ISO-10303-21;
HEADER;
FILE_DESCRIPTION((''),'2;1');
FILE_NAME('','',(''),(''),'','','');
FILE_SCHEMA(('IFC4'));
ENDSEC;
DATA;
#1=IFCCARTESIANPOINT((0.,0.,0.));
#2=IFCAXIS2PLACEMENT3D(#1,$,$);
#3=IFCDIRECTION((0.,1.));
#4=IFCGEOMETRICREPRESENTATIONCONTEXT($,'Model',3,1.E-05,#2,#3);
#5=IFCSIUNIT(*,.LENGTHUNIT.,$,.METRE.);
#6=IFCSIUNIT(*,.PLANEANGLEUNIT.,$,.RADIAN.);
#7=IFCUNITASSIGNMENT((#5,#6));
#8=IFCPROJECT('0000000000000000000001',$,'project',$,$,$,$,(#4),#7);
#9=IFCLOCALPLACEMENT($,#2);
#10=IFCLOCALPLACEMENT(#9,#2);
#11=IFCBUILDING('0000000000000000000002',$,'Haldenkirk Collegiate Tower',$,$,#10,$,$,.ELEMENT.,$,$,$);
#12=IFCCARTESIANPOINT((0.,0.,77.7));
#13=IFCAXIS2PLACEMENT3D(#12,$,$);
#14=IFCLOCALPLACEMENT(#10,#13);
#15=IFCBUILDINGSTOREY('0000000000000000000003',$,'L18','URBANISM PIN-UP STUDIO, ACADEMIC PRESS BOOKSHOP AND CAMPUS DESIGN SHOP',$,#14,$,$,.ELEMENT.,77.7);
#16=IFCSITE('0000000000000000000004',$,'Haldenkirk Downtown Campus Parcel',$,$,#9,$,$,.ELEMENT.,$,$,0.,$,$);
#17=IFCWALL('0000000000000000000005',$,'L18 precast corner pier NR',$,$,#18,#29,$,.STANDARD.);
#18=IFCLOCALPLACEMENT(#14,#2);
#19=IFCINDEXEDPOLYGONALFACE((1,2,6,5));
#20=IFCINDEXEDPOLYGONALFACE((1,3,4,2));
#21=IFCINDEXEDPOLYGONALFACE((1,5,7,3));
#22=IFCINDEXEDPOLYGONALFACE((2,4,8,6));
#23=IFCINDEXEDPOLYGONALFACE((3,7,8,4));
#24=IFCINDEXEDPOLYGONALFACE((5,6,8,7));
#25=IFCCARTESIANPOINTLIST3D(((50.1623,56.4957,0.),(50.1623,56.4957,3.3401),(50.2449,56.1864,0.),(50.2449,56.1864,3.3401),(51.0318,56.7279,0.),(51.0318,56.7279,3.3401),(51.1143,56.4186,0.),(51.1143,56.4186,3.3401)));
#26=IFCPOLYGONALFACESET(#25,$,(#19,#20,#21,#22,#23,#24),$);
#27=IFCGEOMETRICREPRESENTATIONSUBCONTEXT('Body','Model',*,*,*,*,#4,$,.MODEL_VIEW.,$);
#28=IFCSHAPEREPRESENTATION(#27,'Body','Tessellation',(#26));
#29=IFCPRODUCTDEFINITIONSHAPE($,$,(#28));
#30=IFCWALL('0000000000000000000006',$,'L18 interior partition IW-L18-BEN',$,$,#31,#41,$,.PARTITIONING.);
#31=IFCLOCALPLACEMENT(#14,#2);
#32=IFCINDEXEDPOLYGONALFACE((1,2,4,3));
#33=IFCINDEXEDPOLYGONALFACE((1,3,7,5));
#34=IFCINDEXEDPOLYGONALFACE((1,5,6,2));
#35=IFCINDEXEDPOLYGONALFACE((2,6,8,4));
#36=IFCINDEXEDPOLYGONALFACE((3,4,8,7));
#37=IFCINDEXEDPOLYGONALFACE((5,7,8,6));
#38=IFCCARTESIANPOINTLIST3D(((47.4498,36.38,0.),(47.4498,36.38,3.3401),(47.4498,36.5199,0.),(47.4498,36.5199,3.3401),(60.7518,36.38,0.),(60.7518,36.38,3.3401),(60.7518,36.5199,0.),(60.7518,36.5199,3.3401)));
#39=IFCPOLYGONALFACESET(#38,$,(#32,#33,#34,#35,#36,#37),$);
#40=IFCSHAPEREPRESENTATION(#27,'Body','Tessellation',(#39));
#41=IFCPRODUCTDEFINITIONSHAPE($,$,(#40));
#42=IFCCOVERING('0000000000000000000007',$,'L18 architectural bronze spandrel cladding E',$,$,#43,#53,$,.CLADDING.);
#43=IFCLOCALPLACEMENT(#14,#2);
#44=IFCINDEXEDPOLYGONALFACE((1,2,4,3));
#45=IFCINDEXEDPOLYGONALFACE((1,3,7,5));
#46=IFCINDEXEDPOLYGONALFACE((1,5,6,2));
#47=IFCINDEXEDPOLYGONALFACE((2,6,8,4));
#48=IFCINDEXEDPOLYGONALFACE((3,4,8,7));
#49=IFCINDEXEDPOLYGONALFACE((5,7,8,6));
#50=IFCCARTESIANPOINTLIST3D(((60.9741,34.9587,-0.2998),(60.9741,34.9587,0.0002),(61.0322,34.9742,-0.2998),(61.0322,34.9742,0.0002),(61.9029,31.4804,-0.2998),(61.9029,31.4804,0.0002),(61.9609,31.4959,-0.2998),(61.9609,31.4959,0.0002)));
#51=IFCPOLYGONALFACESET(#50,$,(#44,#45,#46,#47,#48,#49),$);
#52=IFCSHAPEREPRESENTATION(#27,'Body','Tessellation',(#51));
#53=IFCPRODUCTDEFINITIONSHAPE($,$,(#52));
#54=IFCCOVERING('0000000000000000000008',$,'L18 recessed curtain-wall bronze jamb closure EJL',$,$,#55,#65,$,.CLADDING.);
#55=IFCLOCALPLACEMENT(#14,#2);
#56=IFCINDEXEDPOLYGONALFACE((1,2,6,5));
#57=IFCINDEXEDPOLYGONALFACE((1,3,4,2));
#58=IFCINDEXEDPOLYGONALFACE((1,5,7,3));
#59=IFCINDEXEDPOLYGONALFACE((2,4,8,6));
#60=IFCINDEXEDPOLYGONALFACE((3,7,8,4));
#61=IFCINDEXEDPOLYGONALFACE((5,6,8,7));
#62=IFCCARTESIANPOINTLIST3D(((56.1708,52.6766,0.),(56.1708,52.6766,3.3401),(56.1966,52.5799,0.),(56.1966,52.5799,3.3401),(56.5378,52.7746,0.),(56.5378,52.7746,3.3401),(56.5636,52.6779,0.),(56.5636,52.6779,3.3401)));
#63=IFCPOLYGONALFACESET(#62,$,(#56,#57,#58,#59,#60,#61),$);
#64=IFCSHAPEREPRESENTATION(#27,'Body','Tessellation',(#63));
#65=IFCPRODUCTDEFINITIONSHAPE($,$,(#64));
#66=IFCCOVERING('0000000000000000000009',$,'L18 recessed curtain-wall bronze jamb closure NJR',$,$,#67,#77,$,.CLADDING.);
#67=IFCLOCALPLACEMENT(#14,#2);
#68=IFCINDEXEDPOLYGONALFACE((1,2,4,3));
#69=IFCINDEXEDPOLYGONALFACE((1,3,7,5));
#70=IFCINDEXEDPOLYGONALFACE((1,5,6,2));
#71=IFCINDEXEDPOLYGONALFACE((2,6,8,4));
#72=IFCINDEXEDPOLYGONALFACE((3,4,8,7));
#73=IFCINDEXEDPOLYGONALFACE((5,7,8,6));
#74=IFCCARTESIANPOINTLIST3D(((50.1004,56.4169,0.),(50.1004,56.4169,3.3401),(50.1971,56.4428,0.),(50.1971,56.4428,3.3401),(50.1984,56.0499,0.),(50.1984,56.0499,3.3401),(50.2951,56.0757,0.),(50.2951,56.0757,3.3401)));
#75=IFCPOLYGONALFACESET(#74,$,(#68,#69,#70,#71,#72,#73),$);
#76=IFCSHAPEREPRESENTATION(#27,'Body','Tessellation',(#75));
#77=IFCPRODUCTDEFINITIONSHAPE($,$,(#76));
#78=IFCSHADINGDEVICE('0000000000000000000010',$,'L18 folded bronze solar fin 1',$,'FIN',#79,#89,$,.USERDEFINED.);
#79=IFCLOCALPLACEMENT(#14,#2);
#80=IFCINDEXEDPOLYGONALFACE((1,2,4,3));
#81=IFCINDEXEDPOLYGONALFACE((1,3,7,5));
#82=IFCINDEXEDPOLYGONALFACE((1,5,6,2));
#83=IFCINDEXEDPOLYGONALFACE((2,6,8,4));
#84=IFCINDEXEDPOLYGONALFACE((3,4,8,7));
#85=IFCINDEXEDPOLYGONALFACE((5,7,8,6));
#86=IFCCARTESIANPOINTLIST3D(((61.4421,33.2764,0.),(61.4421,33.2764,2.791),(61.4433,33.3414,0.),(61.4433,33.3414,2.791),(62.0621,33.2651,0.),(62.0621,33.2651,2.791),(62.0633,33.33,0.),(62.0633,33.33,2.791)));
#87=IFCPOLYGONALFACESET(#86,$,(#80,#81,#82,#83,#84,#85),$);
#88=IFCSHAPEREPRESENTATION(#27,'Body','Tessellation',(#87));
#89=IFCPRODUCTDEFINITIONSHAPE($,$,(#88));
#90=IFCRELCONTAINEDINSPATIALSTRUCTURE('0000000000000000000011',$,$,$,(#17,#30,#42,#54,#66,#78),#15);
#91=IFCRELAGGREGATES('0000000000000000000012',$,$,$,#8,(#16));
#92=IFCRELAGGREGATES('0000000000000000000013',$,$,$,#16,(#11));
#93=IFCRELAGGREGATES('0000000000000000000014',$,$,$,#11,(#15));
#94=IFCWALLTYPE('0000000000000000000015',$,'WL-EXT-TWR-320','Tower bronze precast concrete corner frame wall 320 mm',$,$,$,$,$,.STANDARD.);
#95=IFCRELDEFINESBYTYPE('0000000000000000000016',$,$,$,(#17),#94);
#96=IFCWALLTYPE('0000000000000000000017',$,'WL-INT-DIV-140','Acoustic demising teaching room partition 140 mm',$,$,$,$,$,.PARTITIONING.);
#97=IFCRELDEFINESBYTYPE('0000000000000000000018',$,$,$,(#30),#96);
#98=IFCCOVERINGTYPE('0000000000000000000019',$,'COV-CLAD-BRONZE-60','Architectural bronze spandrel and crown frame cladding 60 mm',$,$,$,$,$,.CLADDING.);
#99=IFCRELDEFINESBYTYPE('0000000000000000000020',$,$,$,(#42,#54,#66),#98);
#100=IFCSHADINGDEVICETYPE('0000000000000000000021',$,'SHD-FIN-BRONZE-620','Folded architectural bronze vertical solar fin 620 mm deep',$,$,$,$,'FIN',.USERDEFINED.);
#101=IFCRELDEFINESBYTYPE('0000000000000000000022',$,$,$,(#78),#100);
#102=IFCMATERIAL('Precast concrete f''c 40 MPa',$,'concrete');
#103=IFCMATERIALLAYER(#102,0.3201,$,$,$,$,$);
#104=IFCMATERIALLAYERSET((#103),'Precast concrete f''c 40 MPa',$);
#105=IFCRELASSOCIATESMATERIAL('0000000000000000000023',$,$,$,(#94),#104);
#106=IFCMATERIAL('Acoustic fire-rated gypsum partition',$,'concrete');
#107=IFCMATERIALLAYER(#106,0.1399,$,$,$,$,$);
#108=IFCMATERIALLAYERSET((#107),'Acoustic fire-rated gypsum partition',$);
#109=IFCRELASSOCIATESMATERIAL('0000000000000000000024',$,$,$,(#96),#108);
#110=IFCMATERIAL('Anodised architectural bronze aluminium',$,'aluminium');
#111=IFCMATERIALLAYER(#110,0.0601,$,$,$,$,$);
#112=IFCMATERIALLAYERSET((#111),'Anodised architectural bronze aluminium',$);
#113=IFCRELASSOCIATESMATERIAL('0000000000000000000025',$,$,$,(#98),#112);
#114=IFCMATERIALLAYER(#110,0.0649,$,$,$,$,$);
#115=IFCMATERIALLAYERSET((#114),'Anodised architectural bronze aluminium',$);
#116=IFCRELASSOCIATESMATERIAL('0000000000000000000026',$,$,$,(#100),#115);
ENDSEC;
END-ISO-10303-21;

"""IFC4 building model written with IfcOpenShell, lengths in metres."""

from ifc_helpers import new_model, si_unit, direction, frame, frame_2d, origin, origin_2d, place, context, subcontext, project, spatial, rectangle, extrude, source, transform, mapped, material, layer, layer_set, type_object, element, save


model = new_model("IFC4")

# Units and contexts
model_context = context("Model", 3, precision=1e-05, world=origin(), true_north=direction((0.0, 1.0)))
body_context = subcontext(model_context, "Body", "Model", "MODEL_VIEW")
ifc_project = project(units=[si_unit("LENGTHUNIT", "METRE"), si_unit("PLANEANGLEUNIT", "RADIAN")], contexts=[model_context])

# Site, building, storey
site_placement = place(None, origin())
site = spatial("IfcSite", under=ifc_project, at=site_placement, Name="Haldenkirk Downtown Campus Parcel", CompositionType="ELEMENT", RefElevation=0.0)
building_placement = place(site_placement, origin())
building = spatial("IfcBuilding", under=site, at=building_placement, Name="Haldenkirk Collegiate Tower", CompositionType="ELEMENT")
storey_placement = place(building_placement, frame((0.0, 0.0, 77.7)))
storey = spatial("IfcBuildingStorey", under=building, at=storey_placement, Name="L18", Description="URBANISM PIN-UP STUDIO, ACADEMIC PRESS BOOKSHOP AND CAMPUS DESIGN SHOP", CompositionType="ELEMENT", Elevation=77.7)

# Shared definitions
ifc_material_1 = material(Name="Anodised architectural bronze aluminium", Category="aluminium")

# Shared definitions
ifc_material_2 = material(Name="Precast concrete f'c 40 MPa", Category="concrete")
ifc_layer_1 = layer(ifc_material_2, 0.3201)
ifc_layer_set_1 = layer_set([ifc_layer_1], Name="Precast concrete f'c 40 MPa")
wall_type_1 = type_object("IfcWallType", Name="WL-EXT-TWR-320", Description="Tower bronze precast concrete corner frame wall 320 mm", PredefinedType="STANDARD", material=ifc_layer_set_1)

# Walls
wall_1_placement = place(storey_placement, frame((50.2036, 56.3411, 0.0), z_axis=(0.0, 0.0, 1.0), x_axis=(0.96614, 0.258017, 0.0)))
element("IfcWall", 1, at=wall_1_placement, inside=storey, type_object=wall_type_1, Name="L18 precast corner pier NR", PredefinedType="STANDARD", context=body_context, shape_type="SweptSolid", body=[
    extrude(rectangle(XDim=0.8999, YDim=0.3201, at=frame_2d((0.45, 0.0))), origin(), (0.0, 0.0, 1.0), 3.3401),
])
ifc_material_3 = material(Name="Acoustic fire-rated gypsum partition", Category="concrete")
ifc_layer_2 = layer(ifc_material_3, 0.1399)
ifc_layer_set_2 = layer_set([ifc_layer_2], Name="Acoustic fire-rated gypsum partition")
wall_type_2 = type_object("IfcWallType", Name="WL-INT-DIV-140", Description="Acoustic demising teaching room partition 140 mm", PredefinedType="PARTITIONING", material=ifc_layer_set_2)
wall_2_placement = place(storey_placement, frame((47.45, 36.45, 0.0), z_axis=(0.0, 0.0, 1.0), x_axis=(1.0, 0.0, 0.0)))
element("IfcWall", 2, at=wall_2_placement, inside=storey, type_object=wall_type_2, Name="L18 interior partition IW-L18-BEN", PredefinedType="PARTITIONING", context=body_context, shape_type="SweptSolid", body=[
    extrude(rectangle(XDim=13.302, YDim=0.1399, at=frame_2d((6.6509, 0.0))), origin(), (0.0, 0.0, 1.0), 3.3401),
])

# Coverings
ifc_layer_3 = layer(ifc_material_1, 0.0601)
ifc_layer_set_3 = layer_set([ifc_layer_3], Name="Anodised architectural bronze aluminium")
covering_type = type_object("IfcCoveringType", Name="COV-CLAD-BRONZE-60", Description="Architectural bronze spandrel and crown frame cladding 60 mm", PredefinedType="CLADDING", material=ifc_layer_set_3)
shared_shape_1 = source(origin(), body_context, "Body", "SweptSolid", [
    extrude(rectangle(XDim=3.6001, YDim=0.0601, at=origin_2d()), origin(), (0.0, 0.0, 1.0), 0.3),
])
covering_placement = place(storey_placement, frame((61.4675, 33.2273, -0.2998), z_axis=(0.0, 0.0, 1.0), x_axis=(0.257976, -0.966151, 0.0)))
element("IfcCovering", 3, at=covering_placement, inside=storey, type_object=covering_type, Name="L18 architectural bronze spandrel cladding E", PredefinedType="CLADDING", context=body_context, shape_type="MappedRepresentation", body=[
    mapped(shared_shape_1, transform((0.0, 0.0, 0.0), x_axis=(1.0, 0.0, 0.0), y_axis=(0.0, 1.0, 0.0), z_axis=(0.0, 0.0, 1.0), scale=1.0)),
])
shared_shape_2 = source(origin(), body_context, "Body", "SweptSolid", [
    extrude(rectangle(XDim=0.1001, YDim=0.3799, at=origin_2d()), origin(), (0.0, 0.0, 1.0), 3.3401),
])
for number, where, z_axis, x_axis, name in (
    (4, (56.3672, 52.6772, 0.0), (0.0, 0.0, 1.0), (0.257976, -0.966151, 0.0), "L18 recessed curtain-wall bronze jamb closure EJL"),
    (5, (50.1978, 56.2463, 0.0), (0.0, 0.0, 1.0), (0.966151, 0.257976, 0.0), "L18 recessed curtain-wall bronze jamb closure NJR"),
):
    element("IfcCovering", number, at=place(storey_placement, frame(where, z_axis=z_axis, x_axis=x_axis)), inside=storey, type_object=covering_type, Name=name, PredefinedType="CLADDING", context=body_context, shape_type="MappedRepresentation", body=[
        mapped(shared_shape_2, transform((0.0, 0.0, 0.0), x_axis=(1.0, 0.0, 0.0), y_axis=(0.0, 1.0, 0.0), z_axis=(0.0, 0.0, 1.0), scale=1.0)),
    ])

# Shading device
ifc_layer_4 = layer(ifc_material_1, 0.0649)
ifc_layer_set_4 = layer_set([ifc_layer_4], Name="Anodised architectural bronze aluminium")
shading_device_type = type_object("IfcShadingDeviceType", Name="SHD-FIN-BRONZE-620", Description="Folded architectural bronze vertical solar fin 620 mm deep", ElementType="FIN", PredefinedType="USERDEFINED", material=ifc_layer_set_4)
shared_shape_3 = source(origin(), body_context, "Body", "SweptSolid", [
    extrude(rectangle(XDim=0.6201, YDim=0.0649, at=origin_2d()), origin(), (0.0, 0.0, 1.0), 2.791),
])
shading_device_placement = place(storey_placement, frame((61.7527, 33.3032, 0.0), z_axis=(0.0, 0.0, 1.0), x_axis=(0.999832, -0.018325, 0.0)))
element("IfcShadingDevice", 6, at=shading_device_placement, inside=storey, type_object=shading_device_type, Name="L18 folded bronze solar fin 1", ObjectType="FIN", PredefinedType="USERDEFINED", context=body_context, shape_type="MappedRepresentation", body=[
    mapped(shared_shape_3, transform((0.0, 0.0, 0.0), x_axis=(1.0, 0.0, 0.0), y_axis=(0.0, 1.0, 0.0), z_axis=(0.0, 0.0, 1.0), scale=1.0)),
])

save(model, "model.ifc")
